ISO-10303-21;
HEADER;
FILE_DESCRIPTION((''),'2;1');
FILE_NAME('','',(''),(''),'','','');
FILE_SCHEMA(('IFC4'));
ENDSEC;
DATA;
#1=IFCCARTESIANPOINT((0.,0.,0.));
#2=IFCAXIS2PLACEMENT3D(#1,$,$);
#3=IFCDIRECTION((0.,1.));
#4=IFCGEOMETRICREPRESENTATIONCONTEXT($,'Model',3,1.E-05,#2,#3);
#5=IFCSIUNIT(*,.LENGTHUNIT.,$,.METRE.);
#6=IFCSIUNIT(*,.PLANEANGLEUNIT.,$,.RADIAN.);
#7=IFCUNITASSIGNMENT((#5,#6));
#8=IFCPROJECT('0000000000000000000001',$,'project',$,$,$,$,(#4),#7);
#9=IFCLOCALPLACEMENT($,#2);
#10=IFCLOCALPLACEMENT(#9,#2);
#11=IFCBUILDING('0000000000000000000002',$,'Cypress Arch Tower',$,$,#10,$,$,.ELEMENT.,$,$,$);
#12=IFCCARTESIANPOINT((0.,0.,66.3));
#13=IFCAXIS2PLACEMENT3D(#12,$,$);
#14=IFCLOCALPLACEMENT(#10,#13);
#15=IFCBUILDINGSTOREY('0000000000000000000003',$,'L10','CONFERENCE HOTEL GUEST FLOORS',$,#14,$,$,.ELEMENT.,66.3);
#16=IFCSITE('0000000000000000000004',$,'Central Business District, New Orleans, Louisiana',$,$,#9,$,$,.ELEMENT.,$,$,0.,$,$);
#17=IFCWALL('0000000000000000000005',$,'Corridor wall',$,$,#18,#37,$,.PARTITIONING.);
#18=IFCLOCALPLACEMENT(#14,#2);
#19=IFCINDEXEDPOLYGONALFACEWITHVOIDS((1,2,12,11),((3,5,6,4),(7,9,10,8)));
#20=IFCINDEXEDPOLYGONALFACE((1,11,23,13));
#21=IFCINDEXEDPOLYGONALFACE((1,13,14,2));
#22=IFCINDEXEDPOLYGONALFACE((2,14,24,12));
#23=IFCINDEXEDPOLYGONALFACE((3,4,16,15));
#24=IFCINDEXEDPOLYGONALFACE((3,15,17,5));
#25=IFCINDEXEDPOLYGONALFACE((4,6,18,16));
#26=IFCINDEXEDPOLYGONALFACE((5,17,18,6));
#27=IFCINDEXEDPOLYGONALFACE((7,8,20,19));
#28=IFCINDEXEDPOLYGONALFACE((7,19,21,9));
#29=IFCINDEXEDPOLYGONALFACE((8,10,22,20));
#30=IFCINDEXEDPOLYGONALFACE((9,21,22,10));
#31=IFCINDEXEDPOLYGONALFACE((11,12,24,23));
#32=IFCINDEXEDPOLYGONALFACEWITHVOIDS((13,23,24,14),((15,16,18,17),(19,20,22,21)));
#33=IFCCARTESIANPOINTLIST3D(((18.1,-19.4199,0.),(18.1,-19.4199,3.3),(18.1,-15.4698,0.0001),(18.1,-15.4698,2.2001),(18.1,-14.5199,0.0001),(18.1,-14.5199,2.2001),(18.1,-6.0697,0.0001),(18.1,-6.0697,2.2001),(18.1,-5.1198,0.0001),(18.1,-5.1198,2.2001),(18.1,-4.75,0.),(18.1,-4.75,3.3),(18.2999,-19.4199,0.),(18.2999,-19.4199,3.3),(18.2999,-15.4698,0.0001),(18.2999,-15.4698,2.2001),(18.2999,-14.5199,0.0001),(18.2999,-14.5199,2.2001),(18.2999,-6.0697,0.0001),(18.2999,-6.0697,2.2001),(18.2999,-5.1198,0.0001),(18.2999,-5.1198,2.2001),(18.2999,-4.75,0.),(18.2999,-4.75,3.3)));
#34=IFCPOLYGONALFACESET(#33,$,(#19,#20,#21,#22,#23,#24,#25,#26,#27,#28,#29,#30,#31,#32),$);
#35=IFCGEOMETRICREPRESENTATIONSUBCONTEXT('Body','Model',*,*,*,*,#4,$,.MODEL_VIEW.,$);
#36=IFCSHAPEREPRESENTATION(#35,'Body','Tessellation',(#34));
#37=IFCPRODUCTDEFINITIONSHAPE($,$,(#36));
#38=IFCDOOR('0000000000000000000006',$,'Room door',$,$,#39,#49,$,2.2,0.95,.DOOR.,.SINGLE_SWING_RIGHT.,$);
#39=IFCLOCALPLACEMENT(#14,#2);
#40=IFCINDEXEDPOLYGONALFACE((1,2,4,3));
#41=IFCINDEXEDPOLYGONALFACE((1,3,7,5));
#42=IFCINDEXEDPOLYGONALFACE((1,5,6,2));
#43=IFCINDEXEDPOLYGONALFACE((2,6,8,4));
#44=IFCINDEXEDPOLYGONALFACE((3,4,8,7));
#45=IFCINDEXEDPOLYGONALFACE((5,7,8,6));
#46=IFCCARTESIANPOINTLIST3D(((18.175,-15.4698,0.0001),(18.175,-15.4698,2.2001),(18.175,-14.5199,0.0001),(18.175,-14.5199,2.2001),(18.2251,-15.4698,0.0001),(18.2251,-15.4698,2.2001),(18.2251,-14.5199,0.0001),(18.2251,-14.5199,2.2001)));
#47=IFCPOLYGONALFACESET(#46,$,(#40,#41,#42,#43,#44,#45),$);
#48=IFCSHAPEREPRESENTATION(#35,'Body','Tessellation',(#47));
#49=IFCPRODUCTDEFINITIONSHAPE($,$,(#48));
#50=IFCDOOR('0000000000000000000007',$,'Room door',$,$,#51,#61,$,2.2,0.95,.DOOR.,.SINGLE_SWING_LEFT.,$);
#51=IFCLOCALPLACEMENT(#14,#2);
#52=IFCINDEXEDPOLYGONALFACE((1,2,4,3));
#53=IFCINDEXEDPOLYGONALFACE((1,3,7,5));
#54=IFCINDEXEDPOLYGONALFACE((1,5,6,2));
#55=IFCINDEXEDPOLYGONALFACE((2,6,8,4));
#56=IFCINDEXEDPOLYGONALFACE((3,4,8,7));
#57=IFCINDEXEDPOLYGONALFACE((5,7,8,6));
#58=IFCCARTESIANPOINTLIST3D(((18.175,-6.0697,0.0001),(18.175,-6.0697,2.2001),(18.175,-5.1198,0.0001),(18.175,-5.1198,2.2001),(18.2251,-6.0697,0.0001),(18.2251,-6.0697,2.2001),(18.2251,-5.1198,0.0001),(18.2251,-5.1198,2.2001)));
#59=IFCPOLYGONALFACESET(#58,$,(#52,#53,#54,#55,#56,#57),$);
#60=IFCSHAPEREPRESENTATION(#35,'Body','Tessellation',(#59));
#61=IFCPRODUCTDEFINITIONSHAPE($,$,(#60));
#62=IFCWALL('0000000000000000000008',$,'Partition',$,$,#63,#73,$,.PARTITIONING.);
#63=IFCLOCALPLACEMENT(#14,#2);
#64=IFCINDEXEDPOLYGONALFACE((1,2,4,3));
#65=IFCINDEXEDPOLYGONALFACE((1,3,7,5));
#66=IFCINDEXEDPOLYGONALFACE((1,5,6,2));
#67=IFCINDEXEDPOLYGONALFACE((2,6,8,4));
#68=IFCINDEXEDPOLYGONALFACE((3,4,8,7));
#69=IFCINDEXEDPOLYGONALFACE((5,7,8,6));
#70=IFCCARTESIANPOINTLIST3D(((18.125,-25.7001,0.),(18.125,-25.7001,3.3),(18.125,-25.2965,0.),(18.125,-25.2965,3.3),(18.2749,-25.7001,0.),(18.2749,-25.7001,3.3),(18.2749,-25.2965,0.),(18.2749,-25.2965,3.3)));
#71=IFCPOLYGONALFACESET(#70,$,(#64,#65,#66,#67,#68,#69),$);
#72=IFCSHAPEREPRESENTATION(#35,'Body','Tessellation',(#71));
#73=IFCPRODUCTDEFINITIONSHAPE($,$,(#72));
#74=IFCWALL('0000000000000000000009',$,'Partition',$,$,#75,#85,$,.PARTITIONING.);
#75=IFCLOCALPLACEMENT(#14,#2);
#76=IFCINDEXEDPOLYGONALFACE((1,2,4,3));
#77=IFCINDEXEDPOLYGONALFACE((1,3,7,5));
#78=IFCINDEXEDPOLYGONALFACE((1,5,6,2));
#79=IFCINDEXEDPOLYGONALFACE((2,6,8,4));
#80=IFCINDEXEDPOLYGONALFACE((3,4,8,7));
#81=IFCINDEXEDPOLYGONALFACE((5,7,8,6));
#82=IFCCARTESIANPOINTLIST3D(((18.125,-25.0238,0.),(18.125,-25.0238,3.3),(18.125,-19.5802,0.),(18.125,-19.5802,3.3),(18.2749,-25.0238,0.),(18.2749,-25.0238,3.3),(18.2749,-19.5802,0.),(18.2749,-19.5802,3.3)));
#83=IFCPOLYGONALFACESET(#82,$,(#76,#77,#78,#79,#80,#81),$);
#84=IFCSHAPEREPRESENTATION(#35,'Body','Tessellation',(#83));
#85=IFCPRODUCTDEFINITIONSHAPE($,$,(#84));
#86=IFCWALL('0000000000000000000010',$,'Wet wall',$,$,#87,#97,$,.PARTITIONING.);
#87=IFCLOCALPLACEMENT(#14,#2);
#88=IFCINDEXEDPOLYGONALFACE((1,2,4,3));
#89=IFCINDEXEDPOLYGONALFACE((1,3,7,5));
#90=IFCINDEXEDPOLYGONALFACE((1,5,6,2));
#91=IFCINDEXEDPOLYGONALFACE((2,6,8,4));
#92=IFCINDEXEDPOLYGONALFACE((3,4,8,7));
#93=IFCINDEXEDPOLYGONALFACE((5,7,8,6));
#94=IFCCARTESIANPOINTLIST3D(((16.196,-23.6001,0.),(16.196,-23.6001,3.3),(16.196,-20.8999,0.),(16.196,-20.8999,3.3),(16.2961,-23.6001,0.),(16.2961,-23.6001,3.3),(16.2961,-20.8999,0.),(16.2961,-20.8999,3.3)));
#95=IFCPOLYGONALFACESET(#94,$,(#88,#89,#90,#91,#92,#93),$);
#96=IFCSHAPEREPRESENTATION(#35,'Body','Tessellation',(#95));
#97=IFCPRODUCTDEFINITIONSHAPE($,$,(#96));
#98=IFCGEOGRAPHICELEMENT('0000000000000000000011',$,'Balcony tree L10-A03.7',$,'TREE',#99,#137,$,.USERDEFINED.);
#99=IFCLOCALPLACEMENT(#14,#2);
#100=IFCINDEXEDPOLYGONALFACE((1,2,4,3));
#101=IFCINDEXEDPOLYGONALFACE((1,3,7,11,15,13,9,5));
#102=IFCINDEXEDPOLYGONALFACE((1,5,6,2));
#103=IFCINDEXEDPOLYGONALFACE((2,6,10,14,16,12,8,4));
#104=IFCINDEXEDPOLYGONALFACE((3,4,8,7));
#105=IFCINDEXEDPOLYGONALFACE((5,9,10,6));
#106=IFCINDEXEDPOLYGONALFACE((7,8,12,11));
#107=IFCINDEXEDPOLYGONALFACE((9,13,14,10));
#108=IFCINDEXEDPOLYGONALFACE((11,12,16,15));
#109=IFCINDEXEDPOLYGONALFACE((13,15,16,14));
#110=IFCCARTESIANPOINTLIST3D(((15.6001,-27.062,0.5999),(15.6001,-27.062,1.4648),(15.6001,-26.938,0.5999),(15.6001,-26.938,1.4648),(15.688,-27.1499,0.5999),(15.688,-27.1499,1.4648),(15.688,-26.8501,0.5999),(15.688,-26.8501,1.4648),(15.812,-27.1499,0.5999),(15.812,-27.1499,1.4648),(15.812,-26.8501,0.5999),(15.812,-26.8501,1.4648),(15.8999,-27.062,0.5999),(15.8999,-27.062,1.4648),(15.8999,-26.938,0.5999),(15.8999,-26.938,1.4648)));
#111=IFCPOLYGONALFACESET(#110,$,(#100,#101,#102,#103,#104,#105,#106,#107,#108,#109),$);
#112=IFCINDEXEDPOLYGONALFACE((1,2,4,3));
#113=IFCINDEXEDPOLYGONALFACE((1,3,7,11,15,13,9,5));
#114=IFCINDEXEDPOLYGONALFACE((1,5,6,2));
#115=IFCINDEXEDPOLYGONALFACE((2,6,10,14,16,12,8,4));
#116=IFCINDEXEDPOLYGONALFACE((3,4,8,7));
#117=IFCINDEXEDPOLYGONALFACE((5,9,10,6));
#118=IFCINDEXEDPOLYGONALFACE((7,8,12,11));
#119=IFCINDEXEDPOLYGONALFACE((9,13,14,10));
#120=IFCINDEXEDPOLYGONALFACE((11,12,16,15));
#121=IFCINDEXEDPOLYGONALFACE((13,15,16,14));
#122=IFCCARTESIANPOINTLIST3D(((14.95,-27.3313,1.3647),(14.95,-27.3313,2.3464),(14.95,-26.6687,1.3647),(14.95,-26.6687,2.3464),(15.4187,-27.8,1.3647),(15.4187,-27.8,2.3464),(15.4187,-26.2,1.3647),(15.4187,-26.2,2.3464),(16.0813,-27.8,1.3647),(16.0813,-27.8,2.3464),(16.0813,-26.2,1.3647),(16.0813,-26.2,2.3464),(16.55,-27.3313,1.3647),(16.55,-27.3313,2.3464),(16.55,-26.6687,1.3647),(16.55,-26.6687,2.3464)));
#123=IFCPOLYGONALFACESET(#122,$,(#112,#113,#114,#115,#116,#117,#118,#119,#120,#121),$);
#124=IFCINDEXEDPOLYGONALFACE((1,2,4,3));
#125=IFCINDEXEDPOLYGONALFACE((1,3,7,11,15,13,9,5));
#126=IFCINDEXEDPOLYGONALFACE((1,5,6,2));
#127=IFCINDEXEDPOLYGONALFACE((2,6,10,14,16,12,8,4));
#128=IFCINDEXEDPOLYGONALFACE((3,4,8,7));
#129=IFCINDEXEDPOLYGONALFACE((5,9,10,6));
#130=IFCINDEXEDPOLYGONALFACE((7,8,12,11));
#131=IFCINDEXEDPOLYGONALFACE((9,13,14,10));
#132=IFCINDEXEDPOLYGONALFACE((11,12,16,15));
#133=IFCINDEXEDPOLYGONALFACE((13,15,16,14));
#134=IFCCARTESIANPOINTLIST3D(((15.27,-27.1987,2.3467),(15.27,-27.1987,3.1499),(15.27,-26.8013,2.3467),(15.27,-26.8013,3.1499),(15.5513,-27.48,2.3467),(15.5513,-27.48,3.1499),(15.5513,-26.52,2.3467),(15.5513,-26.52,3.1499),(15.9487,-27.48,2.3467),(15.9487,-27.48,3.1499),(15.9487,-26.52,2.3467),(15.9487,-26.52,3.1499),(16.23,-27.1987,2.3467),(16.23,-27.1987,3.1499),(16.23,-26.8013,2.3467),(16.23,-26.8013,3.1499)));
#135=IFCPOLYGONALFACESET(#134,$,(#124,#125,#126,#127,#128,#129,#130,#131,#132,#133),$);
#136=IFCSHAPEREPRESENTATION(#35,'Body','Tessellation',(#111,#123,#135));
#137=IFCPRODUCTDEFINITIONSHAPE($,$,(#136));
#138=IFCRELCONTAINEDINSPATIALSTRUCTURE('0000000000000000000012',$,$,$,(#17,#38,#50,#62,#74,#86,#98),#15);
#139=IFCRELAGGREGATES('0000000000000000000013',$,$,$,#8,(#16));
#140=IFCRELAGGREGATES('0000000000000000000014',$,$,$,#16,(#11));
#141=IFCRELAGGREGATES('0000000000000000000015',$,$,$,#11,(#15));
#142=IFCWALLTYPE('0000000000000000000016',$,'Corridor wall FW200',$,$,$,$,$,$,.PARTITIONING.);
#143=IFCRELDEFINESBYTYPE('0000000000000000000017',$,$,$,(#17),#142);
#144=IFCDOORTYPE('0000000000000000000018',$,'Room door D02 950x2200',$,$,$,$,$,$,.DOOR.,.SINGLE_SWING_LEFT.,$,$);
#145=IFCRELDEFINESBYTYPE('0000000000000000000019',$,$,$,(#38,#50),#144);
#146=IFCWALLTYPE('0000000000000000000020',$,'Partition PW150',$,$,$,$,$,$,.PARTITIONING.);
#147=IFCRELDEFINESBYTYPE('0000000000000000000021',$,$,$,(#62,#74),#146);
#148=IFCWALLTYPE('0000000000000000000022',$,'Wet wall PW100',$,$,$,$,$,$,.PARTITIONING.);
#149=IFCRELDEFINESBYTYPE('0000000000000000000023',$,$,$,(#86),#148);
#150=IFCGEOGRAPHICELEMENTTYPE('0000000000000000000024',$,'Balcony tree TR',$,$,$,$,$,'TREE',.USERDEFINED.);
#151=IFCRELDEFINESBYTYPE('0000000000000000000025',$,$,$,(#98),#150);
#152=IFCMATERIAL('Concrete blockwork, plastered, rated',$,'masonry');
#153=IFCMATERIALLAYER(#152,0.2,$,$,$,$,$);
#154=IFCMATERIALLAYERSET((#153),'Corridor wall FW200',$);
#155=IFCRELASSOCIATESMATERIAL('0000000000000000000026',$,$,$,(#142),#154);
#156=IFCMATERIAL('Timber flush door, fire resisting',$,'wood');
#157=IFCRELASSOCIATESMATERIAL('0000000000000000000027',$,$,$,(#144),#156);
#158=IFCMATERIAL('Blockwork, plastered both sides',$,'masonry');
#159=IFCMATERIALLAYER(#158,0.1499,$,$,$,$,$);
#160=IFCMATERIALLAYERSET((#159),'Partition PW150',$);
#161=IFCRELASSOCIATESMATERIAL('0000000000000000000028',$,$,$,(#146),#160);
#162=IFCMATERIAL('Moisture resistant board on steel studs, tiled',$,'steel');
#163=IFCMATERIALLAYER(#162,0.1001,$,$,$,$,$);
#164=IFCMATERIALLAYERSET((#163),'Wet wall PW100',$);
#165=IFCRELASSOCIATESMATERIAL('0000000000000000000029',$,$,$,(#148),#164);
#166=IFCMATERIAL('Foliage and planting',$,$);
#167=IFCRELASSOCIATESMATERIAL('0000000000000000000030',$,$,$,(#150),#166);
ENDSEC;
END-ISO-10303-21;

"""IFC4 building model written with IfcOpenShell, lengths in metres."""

from ifc_helpers import new_model, si_unit, direction, frame, frame_2d, origin, place, context, subcontext, project, spatial, polyline, rectangle, outline, extrude, material, layer, layer_set, type_object, element, fill, save


model = new_model("IFC4")

# Units and contexts
model_context = context("Model", 3, precision=1e-05, world=origin(), true_north=direction((0.0, 1.0)))
body_context = subcontext(model_context, "Body", "Model", "MODEL_VIEW")
ifc_project = project(units=[si_unit("LENGTHUNIT", "METRE"), si_unit("PLANEANGLEUNIT", "RADIAN")], contexts=[model_context])

# Site, building, storey
site_placement = place(None, origin())
site = spatial("IfcSite", under=ifc_project, at=site_placement, Name="Central Business District, New Orleans, Louisiana", CompositionType="ELEMENT", RefElevation=0.0)
building_placement = place(site_placement, origin())
building = spatial("IfcBuilding", under=site, at=building_placement, Name="Cypress Arch Tower", CompositionType="ELEMENT")
storey_placement = place(building_placement, frame((0.0, 0.0, 66.3)))
storey = spatial("IfcBuildingStorey", under=building, at=storey_placement, Name="L10", Description="CONFERENCE HOTEL GUEST FLOORS", CompositionType="ELEMENT", Elevation=66.3)

# Shared definitions
ifc_material_1 = material(Name="Concrete blockwork, plastered, rated", Category="masonry")
ifc_layer_1 = layer(ifc_material_1, 0.2)
ifc_layer_set_1 = layer_set([ifc_layer_1], Name="Corridor wall FW200")
wall_type_1 = type_object("IfcWallType", Name="Corridor wall FW200", PredefinedType="PARTITIONING", material=ifc_layer_set_1)

# Wall, openings, doors
wall_1_placement = place(storey_placement, frame((18.2, -19.4199, 0.0), z_axis=(0.0, 0.0, 1.0), x_axis=(0.0, 1.0, 0.0)))
wall_1 = element("IfcWall", 1, at=wall_1_placement, inside=storey, type_object=wall_type_1, Name="Corridor wall", PredefinedType="PARTITIONING", context=body_context, shape_type="SweptSolid", body=[
    extrude(rectangle(XDim=14.6699, YDim=0.2, at=frame_2d((7.335, 0.0))), origin(), (0.0, 0.0, 1.0), 3.3),
])
opening_1_placement = place(wall_1_placement, frame((3.95, 0.0, 0.0)))
opening_1 = element("IfcOpeningElement", 2, at=opening_1_placement, cuts=wall_1, PredefinedType="OPENING", context=body_context, shape_type="SweptSolid", body=[
    extrude(rectangle(XDim=0.95, YDim=2.2, at=frame_2d((0.4751, 1.1001))), frame((0.0, 0.1099, 0.0), z_axis=(0.0, -1.0, 0.0), x_axis=(1.0, 0.0, 0.0)), (0.0, 0.0, 1.0), 0.22),
])
opening_2_placement = place(wall_1_placement, frame((13.3501, 0.0, 0.0)))
opening_2 = element("IfcOpeningElement", 3, at=opening_2_placement, cuts=wall_1, PredefinedType="OPENING", context=body_context, shape_type="SweptSolid", body=[
    extrude(rectangle(XDim=0.95, YDim=2.2, at=frame_2d((0.4751, 1.1001))), frame((0.0, 0.1099, 0.0), z_axis=(0.0, -1.0, 0.0), x_axis=(1.0, 0.0, 0.0)), (0.0, 0.0, 1.0), 0.22),
])
ifc_material_2 = material(Name="Timber flush door, fire resisting", Category="wood")
door_type = type_object("IfcDoorType", Name="Room door D02 950x2200", OperationType="SINGLE_SWING_LEFT", PredefinedType="DOOR", material=ifc_material_2)
door_1_placement = place(opening_1_placement, origin())
door_1 = element("IfcDoor", 4, at=door_1_placement, inside=storey, type_object=door_type, Name="Room door", OperationType="SINGLE_SWING_RIGHT", OverallHeight=2.2, OverallWidth=0.95, PredefinedType="DOOR", context=body_context, shape_type="SweptSolid", body=[
    extrude(rectangle(XDim=0.95, YDim=2.2, at=frame_2d((0.4751, 1.1001))), frame((0.0, 0.0249, 0.0), z_axis=(0.0, -1.0, 0.0), x_axis=(1.0, 0.0, 0.0)), (0.0, 0.0, 1.0), 0.05),
])
fill(opening_1, door_1)
door_2_placement = place(opening_2_placement, origin())
door_2 = element("IfcDoor", 5, at=door_2_placement, inside=storey, type_object=door_type, Name="Room door", OperationType="SINGLE_SWING_LEFT", OverallHeight=2.2, OverallWidth=0.95, PredefinedType="DOOR", context=body_context, shape_type="SweptSolid", body=[
    extrude(rectangle(XDim=0.95, YDim=2.2, at=frame_2d((0.4751, 1.1001))), frame((0.0, 0.0249, 0.0), z_axis=(0.0, -1.0, 0.0), x_axis=(1.0, 0.0, 0.0)), (0.0, 0.0, 1.0), 0.05),
])
fill(opening_2, door_2)

# Walls
ifc_material_3 = material(Name="Blockwork, plastered both sides", Category="masonry")
ifc_layer_2 = layer(ifc_material_3, 0.1499)
ifc_layer_set_2 = layer_set([ifc_layer_2], Name="Partition PW150")
wall_type_2 = type_object("IfcWallType", Name="Partition PW150", PredefinedType="PARTITIONING", material=ifc_layer_set_2)
wall_2_placement = place(storey_placement, frame((18.2, -25.7, 0.0), z_axis=(0.0, 0.0, 1.0), x_axis=(0.0, 1.0, 0.0)))
element("IfcWall", 6, at=wall_2_placement, inside=storey, type_object=wall_type_2, Name="Partition", PredefinedType="PARTITIONING", context=body_context, shape_type="SweptSolid", body=[
    extrude(rectangle(XDim=0.4036, YDim=0.1499, at=frame_2d((0.2017, 0.0))), origin(), (0.0, 0.0, 1.0), 3.3),
])
wall_3_placement = place(storey_placement, frame((18.2, -25.0237, 0.0), z_axis=(0.0, 0.0, 1.0), x_axis=(0.0, 1.0, 0.0)))
element("IfcWall", 7, at=wall_3_placement, inside=storey, type_object=wall_type_2, Name="Partition", PredefinedType="PARTITIONING", context=body_context, shape_type="SweptSolid", body=[
    extrude(rectangle(XDim=5.4436, YDim=0.1499, at=frame_2d((2.7217, 0.0))), origin(), (0.0, 0.0, 1.0), 3.3),
])
ifc_material_4 = material(Name="Moisture resistant board on steel studs, tiled", Category="steel")
ifc_layer_3 = layer(ifc_material_4, 0.1001)
ifc_layer_set_3 = layer_set([ifc_layer_3], Name="Wet wall PW100")
wall_type_3 = type_object("IfcWallType", Name="Wet wall PW100", PredefinedType="PARTITIONING", material=ifc_layer_set_3)
wall_4_placement = place(storey_placement, frame((16.2461, -23.6001, 0.0), z_axis=(0.0, 0.0, 1.0), x_axis=(0.0, 1.0, 0.0)))
element("IfcWall", 8, at=wall_4_placement, inside=storey, type_object=wall_type_3, Name="Wet wall", PredefinedType="PARTITIONING", context=body_context, shape_type="SweptSolid", body=[
    extrude(rectangle(XDim=2.7002, YDim=0.1001, at=frame_2d((1.3501, 0.0))), origin(), (0.0, 0.0, 1.0), 3.3),
])

# Geographic element
ifc_material_5 = material(Name="Foliage and planting")
geographic_element_type = type_object("IfcGeographicElementType", Name="Balcony tree TR", ElementType="TREE", PredefinedType="USERDEFINED", material=ifc_material_5)
geographic_element_placement = place(storey_placement, frame((15.75, -27.0, 0.5999), z_axis=(0.0, 0.0, 1.0), x_axis=(1.0, 0.0, 0.0)))
element("IfcGeographicElement", 9, at=geographic_element_placement, inside=storey, type_object=geographic_element_type, Name="Balcony tree L10-A03.7", ObjectType="TREE", PredefinedType="USERDEFINED", context=body_context, shape_type="SweptSolid", body=[
    extrude(outline(polyline([(0.1499, 0.062), (0.062, 0.1499), (-0.062, 0.1499), (-0.1499, 0.062), (-0.1499, -0.062), (-0.062, -0.1499), (0.062, -0.1499), (0.1499, -0.062), (0.1499, 0.062)])), origin(), (0.0, 0.0, 1.0), 0.865),
    extrude(outline(polyline([(0.8, 0.3313), (0.3313, 0.8), (-0.3313, 0.8), (-0.8, 0.3313), (-0.8, -0.3313), (-0.3313, -0.8), (0.3313, -0.8), (0.8, -0.3313), (0.8, 0.3313)])), frame((0.0, 0.0, 0.7649)), (0.0, 0.0, 1.0), 0.9817),
    extrude(outline(polyline([(0.48, 0.1987), (0.1987, 0.48), (-0.1987, 0.48), (-0.48, 0.1987), (-0.48, -0.1987), (-0.1987, -0.48), (0.1987, -0.48), (0.48, -0.1987), (0.48, 0.1987)])), frame((0.0, 0.0, 1.7468)), (0.0, 0.0, 1.0), 0.8032),
])

save(model, "model.ifc")
